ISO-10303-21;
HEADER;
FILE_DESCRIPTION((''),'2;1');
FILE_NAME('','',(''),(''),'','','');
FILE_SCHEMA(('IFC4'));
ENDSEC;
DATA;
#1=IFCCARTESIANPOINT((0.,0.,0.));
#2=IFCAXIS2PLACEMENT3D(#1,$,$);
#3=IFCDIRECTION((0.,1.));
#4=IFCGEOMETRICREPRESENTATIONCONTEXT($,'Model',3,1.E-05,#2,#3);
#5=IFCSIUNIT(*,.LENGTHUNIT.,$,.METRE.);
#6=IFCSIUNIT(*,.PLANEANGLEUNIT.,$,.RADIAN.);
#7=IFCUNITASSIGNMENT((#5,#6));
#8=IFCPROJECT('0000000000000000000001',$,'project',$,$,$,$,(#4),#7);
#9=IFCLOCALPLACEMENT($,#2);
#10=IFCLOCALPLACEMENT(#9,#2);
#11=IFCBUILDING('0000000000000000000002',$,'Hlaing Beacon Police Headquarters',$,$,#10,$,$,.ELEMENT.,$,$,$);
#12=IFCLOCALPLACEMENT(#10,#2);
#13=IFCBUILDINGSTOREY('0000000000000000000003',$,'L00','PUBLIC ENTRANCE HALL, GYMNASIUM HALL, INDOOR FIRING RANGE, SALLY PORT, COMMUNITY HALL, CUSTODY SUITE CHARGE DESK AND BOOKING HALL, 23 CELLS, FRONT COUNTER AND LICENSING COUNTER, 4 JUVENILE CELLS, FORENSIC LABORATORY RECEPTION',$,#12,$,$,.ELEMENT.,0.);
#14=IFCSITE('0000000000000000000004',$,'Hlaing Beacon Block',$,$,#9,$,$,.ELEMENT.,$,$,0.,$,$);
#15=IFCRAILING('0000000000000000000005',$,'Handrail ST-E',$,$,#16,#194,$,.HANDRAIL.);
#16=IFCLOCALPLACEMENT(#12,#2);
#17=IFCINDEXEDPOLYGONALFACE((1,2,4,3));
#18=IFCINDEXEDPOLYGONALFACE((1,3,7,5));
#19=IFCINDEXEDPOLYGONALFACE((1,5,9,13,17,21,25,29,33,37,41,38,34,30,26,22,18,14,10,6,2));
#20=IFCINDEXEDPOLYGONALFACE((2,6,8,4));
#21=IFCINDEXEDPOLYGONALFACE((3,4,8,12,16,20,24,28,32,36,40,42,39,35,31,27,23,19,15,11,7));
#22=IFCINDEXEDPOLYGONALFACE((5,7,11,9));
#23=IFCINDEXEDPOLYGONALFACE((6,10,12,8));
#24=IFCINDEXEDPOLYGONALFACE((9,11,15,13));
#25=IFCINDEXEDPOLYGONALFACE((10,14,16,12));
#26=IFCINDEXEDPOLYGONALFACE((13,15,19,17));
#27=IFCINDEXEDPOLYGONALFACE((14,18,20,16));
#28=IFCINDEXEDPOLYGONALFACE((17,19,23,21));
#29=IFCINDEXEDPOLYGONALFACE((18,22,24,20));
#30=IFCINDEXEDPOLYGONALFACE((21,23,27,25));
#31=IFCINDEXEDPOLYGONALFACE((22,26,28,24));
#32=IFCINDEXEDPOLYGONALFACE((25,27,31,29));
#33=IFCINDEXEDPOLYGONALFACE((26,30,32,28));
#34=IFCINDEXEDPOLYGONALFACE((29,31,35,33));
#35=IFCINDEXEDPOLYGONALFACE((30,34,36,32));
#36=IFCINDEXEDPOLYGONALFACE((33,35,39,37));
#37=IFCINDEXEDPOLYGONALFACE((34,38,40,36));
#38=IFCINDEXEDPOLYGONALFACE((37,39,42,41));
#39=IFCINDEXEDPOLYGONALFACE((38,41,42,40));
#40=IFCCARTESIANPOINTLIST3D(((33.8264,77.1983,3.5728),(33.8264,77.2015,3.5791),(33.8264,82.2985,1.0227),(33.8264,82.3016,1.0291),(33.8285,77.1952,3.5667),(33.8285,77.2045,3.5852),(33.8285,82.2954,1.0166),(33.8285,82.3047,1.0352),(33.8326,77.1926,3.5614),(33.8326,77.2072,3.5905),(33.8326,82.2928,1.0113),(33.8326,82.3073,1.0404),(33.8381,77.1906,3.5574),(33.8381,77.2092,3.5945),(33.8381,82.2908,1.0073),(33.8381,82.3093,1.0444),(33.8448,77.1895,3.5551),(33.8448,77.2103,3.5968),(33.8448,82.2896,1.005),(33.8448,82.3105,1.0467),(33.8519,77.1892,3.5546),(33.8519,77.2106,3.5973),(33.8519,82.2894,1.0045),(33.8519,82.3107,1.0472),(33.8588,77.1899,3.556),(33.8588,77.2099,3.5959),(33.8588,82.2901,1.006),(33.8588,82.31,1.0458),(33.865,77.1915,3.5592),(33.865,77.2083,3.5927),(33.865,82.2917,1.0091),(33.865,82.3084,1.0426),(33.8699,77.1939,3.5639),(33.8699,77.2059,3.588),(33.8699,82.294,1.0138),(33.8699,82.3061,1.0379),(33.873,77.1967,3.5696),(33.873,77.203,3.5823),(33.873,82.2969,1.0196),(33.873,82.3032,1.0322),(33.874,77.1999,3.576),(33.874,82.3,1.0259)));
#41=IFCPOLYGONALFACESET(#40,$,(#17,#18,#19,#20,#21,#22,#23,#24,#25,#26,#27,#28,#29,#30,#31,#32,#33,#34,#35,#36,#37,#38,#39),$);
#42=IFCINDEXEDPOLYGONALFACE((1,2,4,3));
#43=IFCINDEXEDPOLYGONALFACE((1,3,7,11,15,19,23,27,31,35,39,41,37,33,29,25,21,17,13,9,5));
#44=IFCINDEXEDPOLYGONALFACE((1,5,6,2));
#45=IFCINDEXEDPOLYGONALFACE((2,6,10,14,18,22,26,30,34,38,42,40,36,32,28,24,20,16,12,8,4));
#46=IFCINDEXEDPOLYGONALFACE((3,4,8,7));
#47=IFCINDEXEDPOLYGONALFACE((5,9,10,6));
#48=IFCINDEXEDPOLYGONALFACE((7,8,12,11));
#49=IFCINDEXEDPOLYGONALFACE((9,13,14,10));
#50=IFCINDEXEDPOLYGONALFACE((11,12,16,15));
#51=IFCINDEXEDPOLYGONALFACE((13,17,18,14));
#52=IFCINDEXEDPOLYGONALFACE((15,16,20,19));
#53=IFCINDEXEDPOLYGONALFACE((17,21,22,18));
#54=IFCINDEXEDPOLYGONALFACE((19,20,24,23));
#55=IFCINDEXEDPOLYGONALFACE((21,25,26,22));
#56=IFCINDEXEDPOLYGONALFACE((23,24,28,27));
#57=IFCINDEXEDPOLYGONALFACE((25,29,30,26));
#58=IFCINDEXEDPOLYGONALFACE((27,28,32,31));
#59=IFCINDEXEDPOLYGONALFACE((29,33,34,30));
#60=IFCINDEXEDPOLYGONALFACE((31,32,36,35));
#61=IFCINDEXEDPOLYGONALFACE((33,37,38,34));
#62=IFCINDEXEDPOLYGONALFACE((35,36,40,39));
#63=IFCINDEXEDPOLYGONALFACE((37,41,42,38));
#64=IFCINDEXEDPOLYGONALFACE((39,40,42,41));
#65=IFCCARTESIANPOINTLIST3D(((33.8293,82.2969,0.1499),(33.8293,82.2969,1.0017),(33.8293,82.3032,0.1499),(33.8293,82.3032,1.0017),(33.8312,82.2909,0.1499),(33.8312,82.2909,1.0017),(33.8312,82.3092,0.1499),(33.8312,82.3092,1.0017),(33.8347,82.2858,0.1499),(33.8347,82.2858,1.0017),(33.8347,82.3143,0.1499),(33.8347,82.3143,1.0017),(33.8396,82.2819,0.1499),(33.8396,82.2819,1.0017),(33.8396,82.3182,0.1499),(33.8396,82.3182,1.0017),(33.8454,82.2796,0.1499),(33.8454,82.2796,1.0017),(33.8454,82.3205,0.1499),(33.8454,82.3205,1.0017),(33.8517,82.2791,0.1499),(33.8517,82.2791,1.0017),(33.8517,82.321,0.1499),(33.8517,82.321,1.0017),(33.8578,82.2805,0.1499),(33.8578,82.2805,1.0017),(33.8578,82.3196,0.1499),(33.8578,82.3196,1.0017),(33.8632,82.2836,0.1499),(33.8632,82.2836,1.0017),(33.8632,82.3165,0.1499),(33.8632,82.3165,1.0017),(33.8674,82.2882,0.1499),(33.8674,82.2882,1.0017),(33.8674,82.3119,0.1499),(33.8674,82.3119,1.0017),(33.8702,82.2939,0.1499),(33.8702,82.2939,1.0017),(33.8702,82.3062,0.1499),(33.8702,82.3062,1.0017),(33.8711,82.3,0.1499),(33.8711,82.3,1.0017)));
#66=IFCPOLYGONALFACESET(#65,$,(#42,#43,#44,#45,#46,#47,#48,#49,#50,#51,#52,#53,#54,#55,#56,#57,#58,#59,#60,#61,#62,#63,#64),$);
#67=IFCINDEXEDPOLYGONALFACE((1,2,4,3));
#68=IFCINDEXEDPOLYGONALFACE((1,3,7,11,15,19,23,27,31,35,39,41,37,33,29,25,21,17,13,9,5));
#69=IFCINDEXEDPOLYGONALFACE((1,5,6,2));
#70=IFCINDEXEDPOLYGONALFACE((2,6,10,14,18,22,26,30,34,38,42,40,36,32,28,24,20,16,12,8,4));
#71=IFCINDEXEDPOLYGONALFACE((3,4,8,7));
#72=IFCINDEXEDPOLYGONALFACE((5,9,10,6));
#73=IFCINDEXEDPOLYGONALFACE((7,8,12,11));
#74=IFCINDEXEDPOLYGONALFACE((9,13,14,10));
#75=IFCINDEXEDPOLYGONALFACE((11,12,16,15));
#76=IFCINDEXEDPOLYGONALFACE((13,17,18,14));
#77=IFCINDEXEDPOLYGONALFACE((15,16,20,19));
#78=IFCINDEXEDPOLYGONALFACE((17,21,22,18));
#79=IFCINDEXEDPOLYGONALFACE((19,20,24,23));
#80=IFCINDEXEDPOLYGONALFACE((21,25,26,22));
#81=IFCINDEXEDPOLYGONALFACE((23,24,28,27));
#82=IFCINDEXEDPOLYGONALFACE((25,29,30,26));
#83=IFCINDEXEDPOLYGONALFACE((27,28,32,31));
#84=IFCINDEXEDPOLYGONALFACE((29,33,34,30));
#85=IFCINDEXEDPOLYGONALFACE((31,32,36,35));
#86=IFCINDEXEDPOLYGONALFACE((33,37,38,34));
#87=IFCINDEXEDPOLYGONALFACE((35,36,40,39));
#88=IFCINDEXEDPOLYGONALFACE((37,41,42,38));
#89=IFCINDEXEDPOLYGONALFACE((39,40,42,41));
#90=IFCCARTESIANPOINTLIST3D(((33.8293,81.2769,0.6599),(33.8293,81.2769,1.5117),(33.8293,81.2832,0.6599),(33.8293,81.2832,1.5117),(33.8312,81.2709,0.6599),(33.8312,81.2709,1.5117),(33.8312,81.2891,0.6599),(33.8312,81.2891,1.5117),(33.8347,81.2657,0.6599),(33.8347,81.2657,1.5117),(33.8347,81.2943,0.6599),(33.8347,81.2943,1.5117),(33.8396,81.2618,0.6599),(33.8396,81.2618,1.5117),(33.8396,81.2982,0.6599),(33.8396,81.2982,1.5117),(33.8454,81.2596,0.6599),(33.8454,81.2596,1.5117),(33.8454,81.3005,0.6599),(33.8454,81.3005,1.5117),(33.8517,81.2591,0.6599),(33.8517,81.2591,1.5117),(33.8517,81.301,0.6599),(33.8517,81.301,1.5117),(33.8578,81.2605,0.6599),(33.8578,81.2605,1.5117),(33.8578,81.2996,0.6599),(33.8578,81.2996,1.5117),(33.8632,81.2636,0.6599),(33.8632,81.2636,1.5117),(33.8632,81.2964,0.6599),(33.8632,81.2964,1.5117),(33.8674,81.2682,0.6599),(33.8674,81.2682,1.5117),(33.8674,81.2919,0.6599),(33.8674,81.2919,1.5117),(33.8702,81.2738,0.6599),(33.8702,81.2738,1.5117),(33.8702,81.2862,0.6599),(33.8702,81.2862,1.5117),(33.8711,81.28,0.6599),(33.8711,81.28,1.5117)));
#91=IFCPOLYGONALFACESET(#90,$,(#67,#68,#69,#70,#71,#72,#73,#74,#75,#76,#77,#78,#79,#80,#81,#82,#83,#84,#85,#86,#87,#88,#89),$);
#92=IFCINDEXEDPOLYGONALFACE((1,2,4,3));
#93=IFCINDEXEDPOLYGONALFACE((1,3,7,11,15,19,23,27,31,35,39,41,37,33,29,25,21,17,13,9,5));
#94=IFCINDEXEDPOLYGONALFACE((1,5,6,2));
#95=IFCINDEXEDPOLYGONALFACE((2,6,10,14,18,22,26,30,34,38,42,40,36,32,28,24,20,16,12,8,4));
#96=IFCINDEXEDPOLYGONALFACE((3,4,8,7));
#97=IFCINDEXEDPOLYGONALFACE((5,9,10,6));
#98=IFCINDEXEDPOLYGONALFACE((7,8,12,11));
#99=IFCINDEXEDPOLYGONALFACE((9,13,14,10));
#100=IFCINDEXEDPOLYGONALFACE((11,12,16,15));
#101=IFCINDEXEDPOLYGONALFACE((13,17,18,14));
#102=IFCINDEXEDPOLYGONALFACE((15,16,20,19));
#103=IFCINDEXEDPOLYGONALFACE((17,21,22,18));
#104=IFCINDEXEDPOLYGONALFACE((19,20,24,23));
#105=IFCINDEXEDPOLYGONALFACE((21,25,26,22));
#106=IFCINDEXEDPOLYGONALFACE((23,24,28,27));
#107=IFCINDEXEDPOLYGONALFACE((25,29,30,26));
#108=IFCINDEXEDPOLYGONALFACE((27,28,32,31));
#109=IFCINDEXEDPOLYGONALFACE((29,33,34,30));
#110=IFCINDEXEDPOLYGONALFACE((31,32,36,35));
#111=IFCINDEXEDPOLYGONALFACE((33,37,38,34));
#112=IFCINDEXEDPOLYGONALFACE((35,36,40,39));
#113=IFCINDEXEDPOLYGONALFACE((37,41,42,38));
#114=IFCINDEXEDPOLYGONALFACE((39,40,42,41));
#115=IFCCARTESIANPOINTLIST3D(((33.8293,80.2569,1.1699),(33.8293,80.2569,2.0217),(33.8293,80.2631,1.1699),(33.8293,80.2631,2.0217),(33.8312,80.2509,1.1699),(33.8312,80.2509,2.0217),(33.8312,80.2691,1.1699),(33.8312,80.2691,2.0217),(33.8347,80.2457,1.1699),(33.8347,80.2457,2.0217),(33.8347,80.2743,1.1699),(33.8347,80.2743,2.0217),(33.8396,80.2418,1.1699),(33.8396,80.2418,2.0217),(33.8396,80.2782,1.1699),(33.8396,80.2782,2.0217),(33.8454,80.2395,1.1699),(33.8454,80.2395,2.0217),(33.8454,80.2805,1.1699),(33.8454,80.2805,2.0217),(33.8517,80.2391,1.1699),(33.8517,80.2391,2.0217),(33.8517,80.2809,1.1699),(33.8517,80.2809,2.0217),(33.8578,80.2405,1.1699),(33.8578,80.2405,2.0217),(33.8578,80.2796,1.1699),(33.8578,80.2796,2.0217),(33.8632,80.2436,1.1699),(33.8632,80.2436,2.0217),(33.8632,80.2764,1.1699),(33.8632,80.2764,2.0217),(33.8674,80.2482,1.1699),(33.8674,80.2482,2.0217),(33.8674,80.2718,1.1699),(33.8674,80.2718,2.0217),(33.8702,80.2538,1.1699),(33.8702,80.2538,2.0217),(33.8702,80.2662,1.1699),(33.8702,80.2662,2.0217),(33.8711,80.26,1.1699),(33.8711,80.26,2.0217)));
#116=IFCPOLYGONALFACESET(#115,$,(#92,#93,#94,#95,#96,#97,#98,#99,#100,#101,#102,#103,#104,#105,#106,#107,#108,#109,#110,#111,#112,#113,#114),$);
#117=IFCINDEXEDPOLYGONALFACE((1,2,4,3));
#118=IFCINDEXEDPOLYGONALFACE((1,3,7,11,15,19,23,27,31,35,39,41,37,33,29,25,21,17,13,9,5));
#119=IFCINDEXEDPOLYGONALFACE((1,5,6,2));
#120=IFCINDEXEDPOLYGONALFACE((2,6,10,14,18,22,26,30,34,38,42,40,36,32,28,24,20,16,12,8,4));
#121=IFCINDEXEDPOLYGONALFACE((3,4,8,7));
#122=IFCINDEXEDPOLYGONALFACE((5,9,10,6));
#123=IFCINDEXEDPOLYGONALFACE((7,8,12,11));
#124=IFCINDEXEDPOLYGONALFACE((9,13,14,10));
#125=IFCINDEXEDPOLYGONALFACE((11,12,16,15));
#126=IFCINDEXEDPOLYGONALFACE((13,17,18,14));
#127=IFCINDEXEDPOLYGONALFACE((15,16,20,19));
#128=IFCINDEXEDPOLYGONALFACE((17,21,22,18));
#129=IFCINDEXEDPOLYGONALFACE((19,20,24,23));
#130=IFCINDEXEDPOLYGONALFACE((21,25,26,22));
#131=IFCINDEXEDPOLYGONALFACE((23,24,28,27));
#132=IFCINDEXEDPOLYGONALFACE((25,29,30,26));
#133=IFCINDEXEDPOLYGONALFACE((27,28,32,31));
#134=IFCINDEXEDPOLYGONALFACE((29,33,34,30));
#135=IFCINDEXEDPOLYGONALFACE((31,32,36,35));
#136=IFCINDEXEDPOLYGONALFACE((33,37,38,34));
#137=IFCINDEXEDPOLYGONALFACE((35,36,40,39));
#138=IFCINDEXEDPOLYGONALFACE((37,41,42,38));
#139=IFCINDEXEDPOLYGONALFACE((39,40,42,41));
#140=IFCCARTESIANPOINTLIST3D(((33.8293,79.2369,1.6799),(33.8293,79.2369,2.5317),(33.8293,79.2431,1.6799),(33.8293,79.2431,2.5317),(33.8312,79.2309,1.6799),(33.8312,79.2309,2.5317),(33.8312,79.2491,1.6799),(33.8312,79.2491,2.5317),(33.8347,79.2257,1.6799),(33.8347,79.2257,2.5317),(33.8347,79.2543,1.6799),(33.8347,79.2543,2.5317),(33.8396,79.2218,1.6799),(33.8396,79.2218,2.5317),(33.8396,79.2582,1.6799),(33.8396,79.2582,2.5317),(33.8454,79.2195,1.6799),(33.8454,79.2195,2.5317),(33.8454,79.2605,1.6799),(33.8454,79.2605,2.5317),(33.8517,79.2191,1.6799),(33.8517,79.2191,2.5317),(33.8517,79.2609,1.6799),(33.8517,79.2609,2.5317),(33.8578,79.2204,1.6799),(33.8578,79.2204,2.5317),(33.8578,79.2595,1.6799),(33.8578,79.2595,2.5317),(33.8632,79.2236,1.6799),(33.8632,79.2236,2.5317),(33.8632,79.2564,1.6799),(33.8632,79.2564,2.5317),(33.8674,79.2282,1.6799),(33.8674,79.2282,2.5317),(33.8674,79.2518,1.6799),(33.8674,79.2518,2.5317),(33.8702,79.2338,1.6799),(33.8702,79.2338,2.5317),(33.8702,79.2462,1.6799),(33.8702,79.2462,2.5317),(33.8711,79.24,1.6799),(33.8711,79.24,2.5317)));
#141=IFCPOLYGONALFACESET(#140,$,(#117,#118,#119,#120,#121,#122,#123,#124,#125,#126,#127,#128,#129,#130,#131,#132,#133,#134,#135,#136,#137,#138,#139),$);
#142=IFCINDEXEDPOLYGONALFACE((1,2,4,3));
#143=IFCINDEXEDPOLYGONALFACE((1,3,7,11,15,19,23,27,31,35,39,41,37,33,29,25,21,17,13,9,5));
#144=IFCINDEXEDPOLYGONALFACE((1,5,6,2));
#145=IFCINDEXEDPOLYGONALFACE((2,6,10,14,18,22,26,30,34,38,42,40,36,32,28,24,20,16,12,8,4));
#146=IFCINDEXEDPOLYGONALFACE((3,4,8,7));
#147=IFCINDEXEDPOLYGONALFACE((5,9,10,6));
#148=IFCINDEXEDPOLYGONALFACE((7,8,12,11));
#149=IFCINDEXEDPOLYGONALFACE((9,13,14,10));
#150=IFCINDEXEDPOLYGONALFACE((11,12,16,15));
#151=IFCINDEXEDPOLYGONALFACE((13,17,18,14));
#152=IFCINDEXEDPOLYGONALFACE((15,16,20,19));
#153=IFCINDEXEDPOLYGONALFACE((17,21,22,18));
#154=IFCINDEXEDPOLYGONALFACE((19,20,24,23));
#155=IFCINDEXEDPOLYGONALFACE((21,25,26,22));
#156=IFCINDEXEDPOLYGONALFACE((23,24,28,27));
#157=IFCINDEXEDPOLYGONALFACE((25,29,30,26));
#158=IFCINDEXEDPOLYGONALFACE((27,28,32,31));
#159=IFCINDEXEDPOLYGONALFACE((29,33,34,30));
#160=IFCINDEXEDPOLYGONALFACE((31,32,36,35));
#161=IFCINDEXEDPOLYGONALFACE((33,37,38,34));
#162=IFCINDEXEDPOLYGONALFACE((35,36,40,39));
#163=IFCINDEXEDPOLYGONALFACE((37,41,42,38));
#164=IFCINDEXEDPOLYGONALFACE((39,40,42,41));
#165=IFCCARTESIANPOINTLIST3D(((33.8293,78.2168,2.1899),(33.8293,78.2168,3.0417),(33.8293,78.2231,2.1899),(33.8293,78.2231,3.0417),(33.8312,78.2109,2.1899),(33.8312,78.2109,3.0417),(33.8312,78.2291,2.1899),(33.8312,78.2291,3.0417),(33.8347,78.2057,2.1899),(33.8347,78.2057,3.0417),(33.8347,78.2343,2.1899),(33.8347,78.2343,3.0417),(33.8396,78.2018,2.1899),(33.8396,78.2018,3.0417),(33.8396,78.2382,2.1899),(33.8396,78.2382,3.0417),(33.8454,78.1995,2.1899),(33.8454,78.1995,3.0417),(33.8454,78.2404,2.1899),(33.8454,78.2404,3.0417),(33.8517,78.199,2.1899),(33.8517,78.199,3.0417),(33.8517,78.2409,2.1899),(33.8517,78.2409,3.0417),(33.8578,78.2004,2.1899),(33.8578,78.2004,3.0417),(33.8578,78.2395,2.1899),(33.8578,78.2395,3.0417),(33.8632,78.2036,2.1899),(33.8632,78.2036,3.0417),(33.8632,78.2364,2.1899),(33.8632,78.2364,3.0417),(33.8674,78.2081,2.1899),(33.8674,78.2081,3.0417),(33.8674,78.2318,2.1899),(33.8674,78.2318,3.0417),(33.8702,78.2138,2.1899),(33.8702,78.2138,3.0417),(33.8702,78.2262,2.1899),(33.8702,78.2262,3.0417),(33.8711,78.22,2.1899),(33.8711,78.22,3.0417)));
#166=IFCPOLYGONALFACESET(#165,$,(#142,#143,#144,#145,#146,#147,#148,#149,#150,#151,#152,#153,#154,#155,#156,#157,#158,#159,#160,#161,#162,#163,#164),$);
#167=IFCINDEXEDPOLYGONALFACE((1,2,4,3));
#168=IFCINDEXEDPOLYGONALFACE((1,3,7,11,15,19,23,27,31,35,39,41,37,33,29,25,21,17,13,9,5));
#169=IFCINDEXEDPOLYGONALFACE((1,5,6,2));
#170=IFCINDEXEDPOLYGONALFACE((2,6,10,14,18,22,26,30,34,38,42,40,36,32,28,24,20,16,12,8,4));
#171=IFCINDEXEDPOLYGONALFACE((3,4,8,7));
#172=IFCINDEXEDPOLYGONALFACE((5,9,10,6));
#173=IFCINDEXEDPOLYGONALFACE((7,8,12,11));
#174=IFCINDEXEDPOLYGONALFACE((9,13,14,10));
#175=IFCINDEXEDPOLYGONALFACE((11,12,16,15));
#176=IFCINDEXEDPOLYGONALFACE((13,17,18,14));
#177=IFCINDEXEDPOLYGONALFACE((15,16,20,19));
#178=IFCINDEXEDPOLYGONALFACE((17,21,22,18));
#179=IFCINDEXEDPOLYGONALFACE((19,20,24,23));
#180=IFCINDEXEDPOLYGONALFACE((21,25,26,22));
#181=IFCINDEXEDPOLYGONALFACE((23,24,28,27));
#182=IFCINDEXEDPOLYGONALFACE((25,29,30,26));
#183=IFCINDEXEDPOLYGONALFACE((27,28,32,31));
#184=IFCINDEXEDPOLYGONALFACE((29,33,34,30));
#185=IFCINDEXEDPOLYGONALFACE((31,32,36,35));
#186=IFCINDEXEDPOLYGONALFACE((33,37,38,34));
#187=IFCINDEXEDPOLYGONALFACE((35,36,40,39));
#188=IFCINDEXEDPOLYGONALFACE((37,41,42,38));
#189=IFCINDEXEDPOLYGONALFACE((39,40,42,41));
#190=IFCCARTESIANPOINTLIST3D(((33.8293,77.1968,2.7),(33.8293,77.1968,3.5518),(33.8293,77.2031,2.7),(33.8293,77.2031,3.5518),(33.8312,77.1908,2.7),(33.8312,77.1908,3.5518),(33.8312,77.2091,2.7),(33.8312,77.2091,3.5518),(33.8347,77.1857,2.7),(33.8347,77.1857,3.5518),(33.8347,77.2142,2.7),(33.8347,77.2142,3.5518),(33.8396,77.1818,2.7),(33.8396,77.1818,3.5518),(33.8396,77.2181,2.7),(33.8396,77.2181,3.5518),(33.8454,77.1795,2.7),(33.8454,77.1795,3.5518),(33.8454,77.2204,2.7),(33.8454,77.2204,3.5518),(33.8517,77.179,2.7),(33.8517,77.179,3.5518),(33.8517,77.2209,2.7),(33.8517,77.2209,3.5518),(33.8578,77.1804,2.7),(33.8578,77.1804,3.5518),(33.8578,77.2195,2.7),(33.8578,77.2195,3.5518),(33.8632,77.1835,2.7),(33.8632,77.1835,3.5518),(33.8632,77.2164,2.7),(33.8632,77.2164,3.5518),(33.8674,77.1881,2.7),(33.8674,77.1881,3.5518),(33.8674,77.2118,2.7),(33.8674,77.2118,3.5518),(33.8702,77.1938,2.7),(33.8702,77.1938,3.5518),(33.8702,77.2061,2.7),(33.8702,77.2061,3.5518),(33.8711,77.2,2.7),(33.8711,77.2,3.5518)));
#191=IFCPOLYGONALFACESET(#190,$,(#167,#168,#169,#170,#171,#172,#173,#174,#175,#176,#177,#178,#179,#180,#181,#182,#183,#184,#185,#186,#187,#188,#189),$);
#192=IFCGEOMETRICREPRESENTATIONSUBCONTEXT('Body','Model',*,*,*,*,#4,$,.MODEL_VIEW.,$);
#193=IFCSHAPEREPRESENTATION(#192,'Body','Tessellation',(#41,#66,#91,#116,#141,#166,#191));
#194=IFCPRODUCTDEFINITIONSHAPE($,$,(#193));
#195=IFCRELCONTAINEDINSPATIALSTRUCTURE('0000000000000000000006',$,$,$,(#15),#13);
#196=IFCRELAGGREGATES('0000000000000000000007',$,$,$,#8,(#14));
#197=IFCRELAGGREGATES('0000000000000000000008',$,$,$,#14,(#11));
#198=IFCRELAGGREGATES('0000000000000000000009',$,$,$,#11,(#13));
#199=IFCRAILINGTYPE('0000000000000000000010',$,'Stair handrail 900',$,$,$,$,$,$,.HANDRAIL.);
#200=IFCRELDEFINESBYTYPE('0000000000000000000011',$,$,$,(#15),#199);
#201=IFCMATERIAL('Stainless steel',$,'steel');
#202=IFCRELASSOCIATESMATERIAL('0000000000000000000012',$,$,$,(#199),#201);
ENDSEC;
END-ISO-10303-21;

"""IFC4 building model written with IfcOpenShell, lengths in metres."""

from ifc_helpers import new_model, si_unit, direction, frame, origin, origin_2d, place, context, subcontext, project, spatial, circle, extrude, material, type_object, element, save


model = new_model("IFC4")

# Units and contexts
model_context = context("Model", 3, precision=1e-05, world=origin(), true_north=direction((0.0, 1.0)))
body_context = subcontext(model_context, "Body", "Model", "MODEL_VIEW")
ifc_project = project(units=[si_unit("LENGTHUNIT", "METRE"), si_unit("PLANEANGLEUNIT", "RADIAN")], contexts=[model_context])

# Site, building, storey
site_placement = place(None, origin())
site = spatial("IfcSite", under=ifc_project, at=site_placement, Name="Hlaing Beacon Block", CompositionType="ELEMENT", RefElevation=0.0)
building_placement = place(site_placement, origin())
building = spatial("IfcBuilding", under=site, at=building_placement, Name="Hlaing Beacon Police Headquarters", CompositionType="ELEMENT")
storey_placement = place(building_placement, origin())
storey = spatial("IfcBuildingStorey", under=building, at=storey_placement, Name="L00", Description="PUBLIC ENTRANCE HALL, GYMNASIUM HALL, INDOOR FIRING RANGE, SALLY PORT, COMMUNITY HALL, CUSTODY SUITE CHARGE DESK AND BOOKING HALL, 23 CELLS, FRONT COUNTER AND LICENSING COUNTER, 4 JUVENILE CELLS, FORENSIC LABORATORY RECEPTION", CompositionType="ELEMENT", Elevation=0.0)

# Railing
ifc_material_1 = material(Name="Stainless steel", Category="steel")
railing_type_1 = type_object("IfcRailingType", Name="Stair handrail 900", PredefinedType="HANDRAIL", material=ifc_material_1)
for number, where, name in (
    (1, (33.8501, 82.3, 0.1499), "Handrail ST-E"),
):
    element("IfcRailing", number, at=place(storey_placement, frame(where)), inside=storey, type_object=railing_type_1, Name=name, PredefinedType="HANDRAIL", context=body_context, shape_type="SweptSolid", body=[
        extrude(circle(Radius=0.0239, at=origin_2d()), frame((0.0, 0.0, 0.876), z_axis=(0.0, -0.894427, 0.447214), x_axis=(1.0, 0.0, 0.0)), (0.0, 0.0, 1.0), 5.7021),
        extrude(circle(Radius=0.021, at=origin_2d()), origin(), (0.0, 0.0, 1.0), 0.8518),
        extrude(circle(Radius=0.021, at=origin_2d()), frame((0.0, -1.02, 0.51)), (0.0, 0.0, 1.0), 0.8518),
        extrude(circle(Radius=0.021, at=origin_2d()), frame((0.0, -2.04, 1.02)), (0.0, 0.0, 1.0), 0.8518),
        extrude(circle(Radius=0.021, at=origin_2d()), frame((0.0, -3.0601, 1.53)), (0.0, 0.0, 1.0), 0.8518),
        extrude(circle(Radius=0.021, at=origin_2d()), frame((0.0, -4.0801, 2.04)), (0.0, 0.0, 1.0), 0.8518),
        extrude(circle(Radius=0.021, at=origin_2d()), frame((0.0, -5.1001, 2.55)), (0.0, 0.0, 1.0), 0.8518),
    ])

save(model, "model.ifc")
